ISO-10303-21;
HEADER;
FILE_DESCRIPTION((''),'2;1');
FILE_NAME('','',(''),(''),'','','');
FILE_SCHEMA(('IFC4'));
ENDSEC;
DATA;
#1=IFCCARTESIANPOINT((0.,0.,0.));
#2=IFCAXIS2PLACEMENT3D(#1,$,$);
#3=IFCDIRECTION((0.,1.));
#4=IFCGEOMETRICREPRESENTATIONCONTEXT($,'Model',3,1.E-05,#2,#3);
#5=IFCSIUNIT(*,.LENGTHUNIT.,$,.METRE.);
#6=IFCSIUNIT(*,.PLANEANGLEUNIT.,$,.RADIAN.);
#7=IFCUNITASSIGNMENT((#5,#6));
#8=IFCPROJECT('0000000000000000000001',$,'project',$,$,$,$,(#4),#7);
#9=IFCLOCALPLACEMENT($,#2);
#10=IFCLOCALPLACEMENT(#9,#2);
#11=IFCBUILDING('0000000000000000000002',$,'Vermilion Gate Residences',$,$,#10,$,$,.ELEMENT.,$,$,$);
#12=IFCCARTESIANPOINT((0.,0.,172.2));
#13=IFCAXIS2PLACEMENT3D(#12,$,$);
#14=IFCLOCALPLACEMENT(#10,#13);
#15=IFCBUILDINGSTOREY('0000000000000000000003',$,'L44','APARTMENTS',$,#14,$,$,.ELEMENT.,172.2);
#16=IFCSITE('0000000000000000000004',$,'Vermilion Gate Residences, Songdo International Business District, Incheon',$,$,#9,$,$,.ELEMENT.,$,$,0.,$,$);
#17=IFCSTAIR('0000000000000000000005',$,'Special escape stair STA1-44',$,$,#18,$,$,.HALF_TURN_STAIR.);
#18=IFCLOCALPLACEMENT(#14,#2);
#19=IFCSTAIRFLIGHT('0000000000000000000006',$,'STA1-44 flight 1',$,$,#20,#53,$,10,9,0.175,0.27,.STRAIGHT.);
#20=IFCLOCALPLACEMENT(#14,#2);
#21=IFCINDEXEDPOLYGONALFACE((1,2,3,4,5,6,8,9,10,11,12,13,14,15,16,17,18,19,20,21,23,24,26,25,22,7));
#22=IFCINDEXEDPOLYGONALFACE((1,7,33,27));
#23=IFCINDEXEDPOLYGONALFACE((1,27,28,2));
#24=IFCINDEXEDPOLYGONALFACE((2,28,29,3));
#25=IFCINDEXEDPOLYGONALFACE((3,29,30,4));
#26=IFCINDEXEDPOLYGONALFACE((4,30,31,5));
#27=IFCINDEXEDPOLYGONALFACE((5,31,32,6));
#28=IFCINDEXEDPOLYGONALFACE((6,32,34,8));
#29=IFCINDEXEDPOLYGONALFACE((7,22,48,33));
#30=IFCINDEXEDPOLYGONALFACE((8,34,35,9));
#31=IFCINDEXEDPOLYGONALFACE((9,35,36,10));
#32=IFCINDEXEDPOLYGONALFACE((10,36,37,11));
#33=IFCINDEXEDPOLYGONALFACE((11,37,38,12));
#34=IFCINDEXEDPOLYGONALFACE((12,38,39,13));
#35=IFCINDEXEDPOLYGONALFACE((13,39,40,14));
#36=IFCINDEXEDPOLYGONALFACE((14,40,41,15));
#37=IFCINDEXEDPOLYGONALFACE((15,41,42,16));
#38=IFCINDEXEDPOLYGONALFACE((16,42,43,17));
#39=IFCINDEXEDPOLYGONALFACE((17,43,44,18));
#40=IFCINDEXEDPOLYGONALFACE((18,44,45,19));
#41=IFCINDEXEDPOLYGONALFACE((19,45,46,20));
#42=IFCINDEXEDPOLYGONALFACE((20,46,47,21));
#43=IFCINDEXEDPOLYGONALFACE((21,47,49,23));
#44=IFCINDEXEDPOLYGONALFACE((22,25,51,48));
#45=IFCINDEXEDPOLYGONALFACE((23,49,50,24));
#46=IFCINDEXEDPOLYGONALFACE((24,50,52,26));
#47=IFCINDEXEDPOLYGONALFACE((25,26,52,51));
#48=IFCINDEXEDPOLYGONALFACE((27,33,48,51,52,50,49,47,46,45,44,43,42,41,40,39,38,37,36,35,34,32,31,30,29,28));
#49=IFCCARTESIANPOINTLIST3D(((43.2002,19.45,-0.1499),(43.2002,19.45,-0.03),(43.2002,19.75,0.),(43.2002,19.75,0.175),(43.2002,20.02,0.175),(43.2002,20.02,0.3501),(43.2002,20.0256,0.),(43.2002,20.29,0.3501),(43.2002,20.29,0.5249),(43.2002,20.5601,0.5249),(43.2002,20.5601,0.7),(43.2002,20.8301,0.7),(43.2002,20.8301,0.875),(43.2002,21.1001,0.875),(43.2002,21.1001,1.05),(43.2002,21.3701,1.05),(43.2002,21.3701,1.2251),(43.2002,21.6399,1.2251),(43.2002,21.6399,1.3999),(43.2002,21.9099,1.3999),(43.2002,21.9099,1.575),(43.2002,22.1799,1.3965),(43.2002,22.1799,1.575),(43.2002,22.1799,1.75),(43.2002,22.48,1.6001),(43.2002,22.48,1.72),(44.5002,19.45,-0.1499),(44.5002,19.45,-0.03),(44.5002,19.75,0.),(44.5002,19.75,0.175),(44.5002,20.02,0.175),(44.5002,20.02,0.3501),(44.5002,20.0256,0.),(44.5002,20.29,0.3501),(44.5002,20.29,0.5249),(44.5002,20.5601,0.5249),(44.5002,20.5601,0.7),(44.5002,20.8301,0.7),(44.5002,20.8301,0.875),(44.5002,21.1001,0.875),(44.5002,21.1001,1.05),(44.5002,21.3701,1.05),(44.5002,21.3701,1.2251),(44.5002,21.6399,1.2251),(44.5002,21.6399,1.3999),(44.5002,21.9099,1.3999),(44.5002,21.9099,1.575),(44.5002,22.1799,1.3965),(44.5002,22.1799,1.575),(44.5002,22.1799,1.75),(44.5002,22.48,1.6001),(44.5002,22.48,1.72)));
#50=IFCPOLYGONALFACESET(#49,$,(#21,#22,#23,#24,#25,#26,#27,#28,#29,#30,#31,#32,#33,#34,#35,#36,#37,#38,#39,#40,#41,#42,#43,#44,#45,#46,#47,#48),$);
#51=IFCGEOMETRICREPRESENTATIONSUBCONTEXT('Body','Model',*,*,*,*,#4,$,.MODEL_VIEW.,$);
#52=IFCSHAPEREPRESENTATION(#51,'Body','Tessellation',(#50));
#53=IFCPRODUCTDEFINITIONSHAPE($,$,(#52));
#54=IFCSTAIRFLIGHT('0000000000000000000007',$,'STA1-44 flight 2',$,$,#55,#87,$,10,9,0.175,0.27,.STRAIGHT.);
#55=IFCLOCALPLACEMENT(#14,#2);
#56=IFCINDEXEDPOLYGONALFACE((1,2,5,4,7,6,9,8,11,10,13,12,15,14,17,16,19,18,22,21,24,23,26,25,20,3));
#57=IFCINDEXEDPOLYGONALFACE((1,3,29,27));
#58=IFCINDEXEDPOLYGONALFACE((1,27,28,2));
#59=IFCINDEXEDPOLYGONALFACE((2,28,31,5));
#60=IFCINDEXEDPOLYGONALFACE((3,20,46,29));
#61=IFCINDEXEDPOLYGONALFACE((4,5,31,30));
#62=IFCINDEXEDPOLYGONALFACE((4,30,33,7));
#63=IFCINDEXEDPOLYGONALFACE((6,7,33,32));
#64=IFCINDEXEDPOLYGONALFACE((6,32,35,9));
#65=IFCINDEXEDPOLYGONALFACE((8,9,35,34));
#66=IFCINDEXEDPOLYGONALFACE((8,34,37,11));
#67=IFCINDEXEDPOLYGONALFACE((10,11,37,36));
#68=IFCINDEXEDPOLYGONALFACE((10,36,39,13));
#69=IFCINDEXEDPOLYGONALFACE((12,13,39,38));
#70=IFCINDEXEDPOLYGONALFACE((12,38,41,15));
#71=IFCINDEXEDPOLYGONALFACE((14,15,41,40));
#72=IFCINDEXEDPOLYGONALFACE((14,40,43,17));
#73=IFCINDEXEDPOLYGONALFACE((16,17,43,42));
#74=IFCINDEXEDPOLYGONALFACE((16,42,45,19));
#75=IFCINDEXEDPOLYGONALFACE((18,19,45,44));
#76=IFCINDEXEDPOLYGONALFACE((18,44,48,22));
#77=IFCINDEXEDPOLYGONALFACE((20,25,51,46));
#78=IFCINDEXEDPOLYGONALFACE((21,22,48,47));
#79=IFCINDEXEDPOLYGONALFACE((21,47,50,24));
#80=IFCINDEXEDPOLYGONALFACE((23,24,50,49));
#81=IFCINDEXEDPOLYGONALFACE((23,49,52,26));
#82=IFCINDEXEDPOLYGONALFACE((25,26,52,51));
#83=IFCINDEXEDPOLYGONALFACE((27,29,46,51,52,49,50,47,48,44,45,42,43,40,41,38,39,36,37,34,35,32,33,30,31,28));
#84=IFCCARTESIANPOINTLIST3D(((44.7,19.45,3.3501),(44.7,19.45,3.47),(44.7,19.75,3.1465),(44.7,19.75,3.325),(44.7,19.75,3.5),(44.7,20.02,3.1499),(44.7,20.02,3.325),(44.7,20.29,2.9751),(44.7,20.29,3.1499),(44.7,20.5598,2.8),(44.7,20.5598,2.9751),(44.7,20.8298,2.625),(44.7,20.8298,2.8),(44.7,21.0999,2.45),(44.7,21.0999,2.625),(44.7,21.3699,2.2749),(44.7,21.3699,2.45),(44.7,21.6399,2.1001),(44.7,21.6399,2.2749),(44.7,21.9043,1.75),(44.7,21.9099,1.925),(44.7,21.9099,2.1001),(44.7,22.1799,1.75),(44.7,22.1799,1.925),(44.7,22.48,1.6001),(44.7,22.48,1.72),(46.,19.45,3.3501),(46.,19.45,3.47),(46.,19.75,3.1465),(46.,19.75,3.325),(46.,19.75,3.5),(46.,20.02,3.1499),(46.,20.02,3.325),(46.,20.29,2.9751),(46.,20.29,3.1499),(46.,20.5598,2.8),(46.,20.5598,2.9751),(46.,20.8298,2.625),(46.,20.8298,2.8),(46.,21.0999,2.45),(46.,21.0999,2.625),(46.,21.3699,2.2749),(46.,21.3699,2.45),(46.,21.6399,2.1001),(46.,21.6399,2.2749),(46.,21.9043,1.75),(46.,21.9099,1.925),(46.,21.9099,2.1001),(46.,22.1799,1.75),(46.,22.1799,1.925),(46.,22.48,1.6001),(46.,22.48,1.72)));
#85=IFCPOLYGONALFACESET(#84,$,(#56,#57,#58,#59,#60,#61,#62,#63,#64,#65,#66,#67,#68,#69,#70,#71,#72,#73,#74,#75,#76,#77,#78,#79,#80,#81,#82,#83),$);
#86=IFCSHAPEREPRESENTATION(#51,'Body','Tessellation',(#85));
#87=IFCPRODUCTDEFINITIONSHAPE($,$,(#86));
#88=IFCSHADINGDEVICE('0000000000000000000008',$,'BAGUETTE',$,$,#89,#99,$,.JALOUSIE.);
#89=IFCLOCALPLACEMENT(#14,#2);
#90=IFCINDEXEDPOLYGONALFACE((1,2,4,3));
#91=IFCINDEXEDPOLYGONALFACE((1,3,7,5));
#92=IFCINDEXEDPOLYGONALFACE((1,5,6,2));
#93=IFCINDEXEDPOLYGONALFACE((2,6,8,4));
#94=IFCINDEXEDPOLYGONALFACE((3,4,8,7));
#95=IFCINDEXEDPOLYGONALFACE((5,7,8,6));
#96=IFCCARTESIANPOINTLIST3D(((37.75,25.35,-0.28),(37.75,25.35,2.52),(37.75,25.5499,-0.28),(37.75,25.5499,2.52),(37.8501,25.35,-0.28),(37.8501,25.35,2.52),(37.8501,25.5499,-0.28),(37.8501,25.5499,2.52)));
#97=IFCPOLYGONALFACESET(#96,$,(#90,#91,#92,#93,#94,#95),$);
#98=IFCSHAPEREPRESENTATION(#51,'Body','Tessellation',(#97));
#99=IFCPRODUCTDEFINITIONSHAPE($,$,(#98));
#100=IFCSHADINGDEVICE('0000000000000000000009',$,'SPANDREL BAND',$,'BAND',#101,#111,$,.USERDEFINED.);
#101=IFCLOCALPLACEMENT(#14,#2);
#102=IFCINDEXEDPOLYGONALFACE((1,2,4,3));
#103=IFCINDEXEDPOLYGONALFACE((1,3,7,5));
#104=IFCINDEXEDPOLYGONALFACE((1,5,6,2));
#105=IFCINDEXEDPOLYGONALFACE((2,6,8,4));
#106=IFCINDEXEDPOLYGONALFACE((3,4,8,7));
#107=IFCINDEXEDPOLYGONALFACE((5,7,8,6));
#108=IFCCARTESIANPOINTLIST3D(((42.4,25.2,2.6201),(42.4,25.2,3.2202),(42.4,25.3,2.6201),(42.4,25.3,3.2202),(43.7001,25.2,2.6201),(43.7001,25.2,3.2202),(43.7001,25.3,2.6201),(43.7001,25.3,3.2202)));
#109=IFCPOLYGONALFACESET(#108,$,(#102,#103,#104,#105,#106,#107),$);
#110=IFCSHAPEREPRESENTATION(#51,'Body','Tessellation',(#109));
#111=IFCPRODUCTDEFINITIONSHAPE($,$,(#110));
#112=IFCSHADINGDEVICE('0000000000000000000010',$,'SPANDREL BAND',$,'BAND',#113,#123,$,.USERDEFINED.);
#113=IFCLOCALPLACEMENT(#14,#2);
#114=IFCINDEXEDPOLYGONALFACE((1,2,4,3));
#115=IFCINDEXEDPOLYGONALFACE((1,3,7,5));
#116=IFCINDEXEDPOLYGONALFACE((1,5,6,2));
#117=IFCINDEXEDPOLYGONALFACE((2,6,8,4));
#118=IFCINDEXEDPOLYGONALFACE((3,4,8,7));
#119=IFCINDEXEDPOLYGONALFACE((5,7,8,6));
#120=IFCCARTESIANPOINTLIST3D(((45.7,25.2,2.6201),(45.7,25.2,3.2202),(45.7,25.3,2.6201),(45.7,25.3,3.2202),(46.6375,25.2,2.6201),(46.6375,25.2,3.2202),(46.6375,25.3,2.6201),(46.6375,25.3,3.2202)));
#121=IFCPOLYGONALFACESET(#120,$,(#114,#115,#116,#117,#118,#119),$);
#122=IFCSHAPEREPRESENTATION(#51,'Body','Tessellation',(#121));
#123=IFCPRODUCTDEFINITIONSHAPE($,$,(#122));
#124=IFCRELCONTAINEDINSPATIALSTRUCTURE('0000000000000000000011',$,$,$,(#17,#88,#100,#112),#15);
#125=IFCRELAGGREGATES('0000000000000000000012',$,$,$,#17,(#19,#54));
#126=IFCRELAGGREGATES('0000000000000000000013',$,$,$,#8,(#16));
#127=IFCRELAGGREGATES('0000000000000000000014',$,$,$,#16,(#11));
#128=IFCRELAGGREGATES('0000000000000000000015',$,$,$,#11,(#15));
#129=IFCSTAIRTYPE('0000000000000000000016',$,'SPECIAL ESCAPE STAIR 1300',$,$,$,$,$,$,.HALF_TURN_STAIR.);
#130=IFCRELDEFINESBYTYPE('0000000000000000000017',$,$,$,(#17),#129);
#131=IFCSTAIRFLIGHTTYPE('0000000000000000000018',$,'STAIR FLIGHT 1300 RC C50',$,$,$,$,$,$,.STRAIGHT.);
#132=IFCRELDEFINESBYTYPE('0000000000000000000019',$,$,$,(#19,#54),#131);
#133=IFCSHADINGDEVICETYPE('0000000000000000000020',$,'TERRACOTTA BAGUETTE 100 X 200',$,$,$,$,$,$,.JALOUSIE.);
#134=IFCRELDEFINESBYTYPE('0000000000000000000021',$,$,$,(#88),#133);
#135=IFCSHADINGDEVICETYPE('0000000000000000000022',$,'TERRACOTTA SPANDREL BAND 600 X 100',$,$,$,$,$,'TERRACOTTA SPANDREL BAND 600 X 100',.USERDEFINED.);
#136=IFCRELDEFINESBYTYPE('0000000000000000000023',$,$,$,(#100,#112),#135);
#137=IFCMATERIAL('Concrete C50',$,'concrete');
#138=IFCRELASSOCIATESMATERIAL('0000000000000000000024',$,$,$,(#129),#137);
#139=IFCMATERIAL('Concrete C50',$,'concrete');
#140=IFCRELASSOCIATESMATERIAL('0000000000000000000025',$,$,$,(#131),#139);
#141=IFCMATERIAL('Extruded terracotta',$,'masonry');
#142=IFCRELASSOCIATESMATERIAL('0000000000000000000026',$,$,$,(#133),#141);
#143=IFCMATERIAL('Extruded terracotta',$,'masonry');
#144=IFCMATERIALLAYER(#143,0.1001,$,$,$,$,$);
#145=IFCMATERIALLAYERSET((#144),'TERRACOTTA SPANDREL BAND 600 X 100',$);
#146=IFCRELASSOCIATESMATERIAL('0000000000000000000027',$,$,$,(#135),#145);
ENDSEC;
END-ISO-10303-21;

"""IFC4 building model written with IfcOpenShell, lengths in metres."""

from ifc_helpers import new_model, si_unit, direction, frame, origin, origin_2d, place, context, subcontext, project, spatial, polyline, rectangle, outline, extrude, material, layer, layer_set, material_profile, profile_set, type_object, element, aggregate, save


model = new_model("IFC4")

# Units and contexts
model_context = context("Model", 3, precision=1e-05, world=origin(), true_north=direction((0.0, 1.0)))
body_context = subcontext(model_context, "Body", "Model", "MODEL_VIEW")
ifc_project = project(units=[si_unit("LENGTHUNIT", "METRE"), si_unit("PLANEANGLEUNIT", "RADIAN")], contexts=[model_context])

# Site, building, storey
site_placement = place(None, origin())
site = spatial("IfcSite", under=ifc_project, at=site_placement, Name="Vermilion Gate Residences, Songdo International Business District, Incheon", CompositionType="ELEMENT", RefElevation=0.0)
building_placement = place(site_placement, origin())
building = spatial("IfcBuilding", under=site, at=building_placement, Name="Vermilion Gate Residences", CompositionType="ELEMENT")
storey_placement = place(building_placement, frame((0.0, 0.0, 172.2)))
storey = spatial("IfcBuildingStorey", under=building, at=storey_placement, Name="L44", Description="APARTMENTS", CompositionType="ELEMENT", Elevation=172.2)

# Stair, stair flights
ifc_material_1 = material(Name="Concrete C50", Category="concrete")
stair_type = type_object("IfcStairType", Name="SPECIAL ESCAPE STAIR 1300", PredefinedType="HALF_TURN_STAIR", material=ifc_material_1)
stair_placement = place(storey_placement, origin())
stair = element("IfcStair", 1, at=stair_placement, inside=storey, type_object=stair_type, Name="Special escape stair STA1-44", PredefinedType="HALF_TURN_STAIR")
ifc_material_2 = material(Name="Concrete C50", Category="concrete")
stair_flight_type = type_object("IfcStairFlightType", Name="STAIR FLIGHT 1300 RC C50", PredefinedType="STRAIGHT", material=ifc_material_2)
stair_flight_1_placement = place(storey_placement, frame((43.8501, 19.75, 0.0), z_axis=(0.0, 0.0, 1.0), x_axis=(0.0, 1.0, 0.0)))
stair_flight_1 = element("IfcStairFlight", 2, at=stair_flight_1_placement, type_object=stair_flight_type, Name="STA1-44 flight 1", NumberOfRisers=10, NumberOfTreads=9, PredefinedType="STRAIGHT", RiserHeight=0.175, TreadLength=0.27, context=body_context, shape_type="SweptSolid", body=[
    extrude(outline(polyline([(-0.3, -0.1499), (-0.3, -0.03), (0.0, 0.0), (0.0, 0.175), (0.27, 0.175), (0.27, 0.3501), (0.54, 0.3501), (0.54, 0.5249), (0.8101, 0.5249), (0.8101, 0.7), (1.0801, 0.7), (1.0801, 0.875), (1.3501, 0.875), (1.3501, 1.05), (1.6201, 1.05), (1.6201, 1.2251), (1.8899, 1.2251), (1.8899, 1.3999), (2.1599, 1.3999), (2.1599, 1.575), (2.4299, 1.575), (2.4299, 1.75), (2.73, 1.72), (2.73, 1.6001), (2.4299, 1.3965), (0.2756, 0.0), (-0.3, -0.1499)])), frame((0.0, 0.6499, 0.0), z_axis=(0.0, -1.0, 0.0), x_axis=(1.0, 0.0, 0.0)), (0.0, 0.0, 1.0), 1.3),
])
stair_flight_2_placement = place(storey_placement, frame((45.3501, 22.1799, 1.75), z_axis=(0.0, 0.0, 1.0), x_axis=(0.0, -1.0, 0.0)))
stair_flight_2 = element("IfcStairFlight", 3, at=stair_flight_2_placement, type_object=stair_flight_type, Name="STA1-44 flight 2", NumberOfRisers=10, NumberOfTreads=9, PredefinedType="STRAIGHT", RiserHeight=0.175, TreadLength=0.27, context=body_context, shape_type="SweptSolid", body=[
    extrude(outline(polyline([(-0.3, -0.1499), (-0.3, -0.03), (0.0, 0.0), (0.0, 0.175), (0.27, 0.175), (0.27, 0.3501), (0.54, 0.3501), (0.54, 0.5249), (0.8101, 0.5249), (0.8101, 0.7), (1.0801, 0.7), (1.0801, 0.875), (1.3501, 0.875), (1.3501, 1.05), (1.6201, 1.05), (1.6201, 1.2251), (1.8899, 1.2251), (1.8899, 1.3999), (2.1599, 1.3999), (2.1599, 1.575), (2.4299, 1.575), (2.4299, 1.75), (2.73, 1.72), (2.73, 1.6001), (2.4299, 1.3965), (0.2756, 0.0), (-0.3, -0.1499)])), frame((0.0, 0.6499, 0.0), z_axis=(0.0, -1.0, 0.0), x_axis=(1.0, 0.0, 0.0)), (0.0, 0.0, 1.0), 1.3),
])
aggregate(stair, [stair_flight_1, stair_flight_2])

# Shading devices
ifc_material_3 = material(Name="Extruded terracotta", Category="masonry")
ifc_material_profile = material_profile(ifc_material_3, rectangle(XDim=0.2, YDim=0.1001, at=origin_2d()), Name="BAGUETTE 100 X 200")
ifc_profile_set = profile_set([ifc_material_profile], Name="Extruded terracotta")
shading_device_type_1 = type_object("IfcShadingDeviceType", Name="TERRACOTTA BAGUETTE 100 X 200", PredefinedType="JALOUSIE", material=ifc_profile_set)
shading_device_1_placement = place(storey_placement, frame((37.8, 25.45, -0.28), z_axis=(0.0, 0.0, 1.0), x_axis=(0.0, -1.0, 0.0)))
element("IfcShadingDevice", 4, at=shading_device_1_placement, inside=storey, type_object=shading_device_type_1, Name="BAGUETTE", PredefinedType="JALOUSIE", context=body_context, shape_type="SweptSolid", body=[
    extrude(rectangle(XDim=0.2, YDim=0.1001, at=origin_2d()), origin(), (0.0, 0.0, 1.0), 2.8),
])
ifc_material_4 = material(Name="Extruded terracotta", Category="masonry")
ifc_layer_1 = layer(ifc_material_4, 0.1001)
ifc_layer_set_1 = layer_set([ifc_layer_1], Name="TERRACOTTA SPANDREL BAND 600 X 100")
shading_device_type_2 = type_object("IfcShadingDeviceType", Name="TERRACOTTA SPANDREL BAND 600 X 100", ElementType="TERRACOTTA SPANDREL BAND 600 X 100", PredefinedType="USERDEFINED", material=ifc_layer_set_1)
shading_device_2_placement = place(storey_placement, frame((43.05, 25.25, 2.6201), z_axis=(0.0, 0.0, 1.0), x_axis=(1.0, 0.0, 0.0)))
element("IfcShadingDevice", 5, at=shading_device_2_placement, inside=storey, type_object=shading_device_type_2, Name="SPANDREL BAND", ObjectType="BAND", PredefinedType="USERDEFINED", context=body_context, shape_type="SweptSolid", body=[
    extrude(rectangle(XDim=1.3, YDim=0.1001, at=origin_2d()), origin(), (0.0, 0.0, 1.0), 0.6001),
])
shading_device_3_placement = place(storey_placement, frame((46.1687, 25.25, 2.6201), z_axis=(0.0, 0.0, 1.0), x_axis=(1.0, 0.0, 0.0)))
element("IfcShadingDevice", 6, at=shading_device_3_placement, inside=storey, type_object=shading_device_type_2, Name="SPANDREL BAND", ObjectType="BAND", PredefinedType="USERDEFINED", context=body_context, shape_type="SweptSolid", body=[
    extrude(rectangle(XDim=0.9375, YDim=0.1001, at=origin_2d()), origin(), (0.0, 0.0, 1.0), 0.6001),
])

save(model, "model.ifc")
